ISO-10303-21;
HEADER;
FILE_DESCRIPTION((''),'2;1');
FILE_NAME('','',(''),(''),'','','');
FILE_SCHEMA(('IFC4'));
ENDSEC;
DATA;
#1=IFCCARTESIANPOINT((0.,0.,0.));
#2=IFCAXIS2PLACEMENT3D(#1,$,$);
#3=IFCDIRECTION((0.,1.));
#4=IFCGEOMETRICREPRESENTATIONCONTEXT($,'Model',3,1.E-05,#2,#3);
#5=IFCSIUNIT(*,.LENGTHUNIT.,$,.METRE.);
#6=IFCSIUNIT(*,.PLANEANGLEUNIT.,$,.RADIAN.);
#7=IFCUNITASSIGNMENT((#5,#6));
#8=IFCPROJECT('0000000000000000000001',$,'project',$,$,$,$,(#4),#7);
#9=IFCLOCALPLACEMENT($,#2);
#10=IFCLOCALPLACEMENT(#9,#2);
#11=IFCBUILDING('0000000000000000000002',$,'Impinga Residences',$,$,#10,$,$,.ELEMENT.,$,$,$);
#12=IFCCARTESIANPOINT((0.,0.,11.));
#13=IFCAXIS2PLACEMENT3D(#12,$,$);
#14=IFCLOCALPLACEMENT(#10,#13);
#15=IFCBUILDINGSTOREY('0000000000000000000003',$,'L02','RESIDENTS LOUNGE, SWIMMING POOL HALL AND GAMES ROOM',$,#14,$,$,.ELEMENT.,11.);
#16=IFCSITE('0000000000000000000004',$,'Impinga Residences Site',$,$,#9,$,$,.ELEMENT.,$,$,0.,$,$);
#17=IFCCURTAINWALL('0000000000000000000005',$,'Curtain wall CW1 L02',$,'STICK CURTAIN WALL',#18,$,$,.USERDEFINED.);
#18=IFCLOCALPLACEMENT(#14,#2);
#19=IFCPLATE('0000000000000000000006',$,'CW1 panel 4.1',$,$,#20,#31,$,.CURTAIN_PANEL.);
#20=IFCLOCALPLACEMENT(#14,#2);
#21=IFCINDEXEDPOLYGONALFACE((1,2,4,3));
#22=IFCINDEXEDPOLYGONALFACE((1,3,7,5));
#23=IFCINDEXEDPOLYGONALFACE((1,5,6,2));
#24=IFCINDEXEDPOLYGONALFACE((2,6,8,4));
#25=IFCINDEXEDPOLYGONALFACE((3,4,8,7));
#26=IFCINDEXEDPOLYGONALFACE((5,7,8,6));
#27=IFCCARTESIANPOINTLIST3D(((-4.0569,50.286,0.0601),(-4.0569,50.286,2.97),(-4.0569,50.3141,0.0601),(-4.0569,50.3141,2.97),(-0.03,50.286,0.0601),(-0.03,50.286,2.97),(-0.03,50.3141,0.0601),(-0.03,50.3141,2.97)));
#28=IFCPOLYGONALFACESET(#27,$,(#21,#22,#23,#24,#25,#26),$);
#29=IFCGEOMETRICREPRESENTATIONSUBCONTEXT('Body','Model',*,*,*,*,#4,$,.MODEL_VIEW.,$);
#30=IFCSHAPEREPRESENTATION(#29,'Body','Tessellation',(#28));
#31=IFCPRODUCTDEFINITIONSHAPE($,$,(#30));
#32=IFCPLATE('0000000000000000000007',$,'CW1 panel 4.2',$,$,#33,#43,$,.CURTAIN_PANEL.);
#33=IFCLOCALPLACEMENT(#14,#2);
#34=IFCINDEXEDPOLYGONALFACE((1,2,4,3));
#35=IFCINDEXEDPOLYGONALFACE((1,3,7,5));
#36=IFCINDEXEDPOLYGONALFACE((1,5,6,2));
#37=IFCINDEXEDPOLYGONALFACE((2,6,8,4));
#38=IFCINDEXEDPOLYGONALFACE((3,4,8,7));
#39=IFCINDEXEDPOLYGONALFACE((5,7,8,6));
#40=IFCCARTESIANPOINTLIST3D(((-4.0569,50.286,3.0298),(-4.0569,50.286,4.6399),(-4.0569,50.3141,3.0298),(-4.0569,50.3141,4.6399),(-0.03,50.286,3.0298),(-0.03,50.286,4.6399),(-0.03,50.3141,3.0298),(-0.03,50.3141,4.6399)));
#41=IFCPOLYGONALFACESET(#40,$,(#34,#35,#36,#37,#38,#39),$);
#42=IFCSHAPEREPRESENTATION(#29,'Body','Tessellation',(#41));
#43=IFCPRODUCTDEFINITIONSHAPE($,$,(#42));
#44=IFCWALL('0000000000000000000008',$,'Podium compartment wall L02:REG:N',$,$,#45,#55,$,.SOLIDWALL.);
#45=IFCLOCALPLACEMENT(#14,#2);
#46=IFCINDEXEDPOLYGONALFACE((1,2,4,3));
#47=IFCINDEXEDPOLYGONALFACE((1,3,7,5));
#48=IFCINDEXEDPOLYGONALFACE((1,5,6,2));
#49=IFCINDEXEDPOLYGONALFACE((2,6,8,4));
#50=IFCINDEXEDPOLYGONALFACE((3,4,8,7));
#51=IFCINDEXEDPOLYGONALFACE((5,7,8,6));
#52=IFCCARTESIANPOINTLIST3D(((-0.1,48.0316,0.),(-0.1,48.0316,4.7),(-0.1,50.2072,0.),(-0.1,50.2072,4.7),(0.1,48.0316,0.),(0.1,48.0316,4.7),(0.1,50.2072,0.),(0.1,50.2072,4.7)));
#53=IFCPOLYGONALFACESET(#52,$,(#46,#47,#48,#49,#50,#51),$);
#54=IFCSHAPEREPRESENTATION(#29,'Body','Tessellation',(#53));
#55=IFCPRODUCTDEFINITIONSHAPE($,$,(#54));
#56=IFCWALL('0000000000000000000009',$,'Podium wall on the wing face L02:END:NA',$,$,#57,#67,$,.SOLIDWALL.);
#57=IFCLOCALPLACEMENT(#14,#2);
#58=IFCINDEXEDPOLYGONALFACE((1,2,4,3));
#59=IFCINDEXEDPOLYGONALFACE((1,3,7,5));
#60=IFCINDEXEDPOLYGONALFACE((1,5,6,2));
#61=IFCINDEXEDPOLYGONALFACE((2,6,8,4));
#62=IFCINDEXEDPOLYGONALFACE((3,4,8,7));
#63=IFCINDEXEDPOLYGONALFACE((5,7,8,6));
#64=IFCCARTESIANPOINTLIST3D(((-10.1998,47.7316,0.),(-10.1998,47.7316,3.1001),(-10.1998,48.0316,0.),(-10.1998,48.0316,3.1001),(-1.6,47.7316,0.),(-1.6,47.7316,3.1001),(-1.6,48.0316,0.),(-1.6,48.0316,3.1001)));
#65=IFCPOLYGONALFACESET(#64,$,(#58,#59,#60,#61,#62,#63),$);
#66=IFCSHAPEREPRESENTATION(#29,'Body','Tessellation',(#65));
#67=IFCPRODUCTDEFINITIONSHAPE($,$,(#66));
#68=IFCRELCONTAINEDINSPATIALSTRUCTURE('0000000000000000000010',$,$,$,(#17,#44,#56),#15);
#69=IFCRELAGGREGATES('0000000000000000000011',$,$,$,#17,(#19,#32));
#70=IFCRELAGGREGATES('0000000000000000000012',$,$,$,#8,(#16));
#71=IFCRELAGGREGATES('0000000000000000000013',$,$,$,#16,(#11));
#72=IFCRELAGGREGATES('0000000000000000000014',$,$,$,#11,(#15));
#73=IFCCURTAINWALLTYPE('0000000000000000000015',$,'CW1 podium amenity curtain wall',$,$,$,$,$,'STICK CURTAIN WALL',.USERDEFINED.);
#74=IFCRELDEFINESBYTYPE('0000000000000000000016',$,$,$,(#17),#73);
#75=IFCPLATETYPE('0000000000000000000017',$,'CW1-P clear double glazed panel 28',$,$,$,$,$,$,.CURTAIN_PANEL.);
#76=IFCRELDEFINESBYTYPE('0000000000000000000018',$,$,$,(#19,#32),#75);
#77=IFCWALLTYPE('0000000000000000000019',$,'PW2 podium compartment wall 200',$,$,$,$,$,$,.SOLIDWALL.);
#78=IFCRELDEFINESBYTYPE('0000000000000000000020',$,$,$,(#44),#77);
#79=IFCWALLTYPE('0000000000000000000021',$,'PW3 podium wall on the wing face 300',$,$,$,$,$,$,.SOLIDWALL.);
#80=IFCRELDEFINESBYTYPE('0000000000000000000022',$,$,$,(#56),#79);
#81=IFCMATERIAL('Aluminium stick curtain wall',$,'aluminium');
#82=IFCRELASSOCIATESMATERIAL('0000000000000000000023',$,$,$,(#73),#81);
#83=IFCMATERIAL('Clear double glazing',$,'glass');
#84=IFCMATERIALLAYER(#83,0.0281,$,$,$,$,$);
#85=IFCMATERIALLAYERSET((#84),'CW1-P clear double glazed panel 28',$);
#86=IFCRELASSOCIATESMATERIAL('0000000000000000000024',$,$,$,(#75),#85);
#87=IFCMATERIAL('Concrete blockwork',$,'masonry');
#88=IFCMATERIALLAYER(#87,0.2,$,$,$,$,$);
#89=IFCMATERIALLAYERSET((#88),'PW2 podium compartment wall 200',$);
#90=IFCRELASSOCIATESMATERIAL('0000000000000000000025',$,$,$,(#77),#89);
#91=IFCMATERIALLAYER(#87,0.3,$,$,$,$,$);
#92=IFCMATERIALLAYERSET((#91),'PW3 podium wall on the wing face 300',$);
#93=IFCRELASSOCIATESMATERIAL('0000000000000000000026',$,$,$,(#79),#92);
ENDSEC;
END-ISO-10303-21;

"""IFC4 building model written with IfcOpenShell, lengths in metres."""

from ifc_helpers import new_model, si_unit, direction, frame, frame_2d, origin, origin_2d, place, context, subcontext, project, spatial, rectangle, extrude, material, layer, layer_set, type_object, element, aggregate, save


model = new_model("IFC4")

# Units and contexts
model_context = context("Model", 3, precision=1e-05, world=origin(), true_north=direction((0.0, 1.0)))
body_context = subcontext(model_context, "Body", "Model", "MODEL_VIEW")
ifc_project = project(units=[si_unit("LENGTHUNIT", "METRE"), si_unit("PLANEANGLEUNIT", "RADIAN")], contexts=[model_context])

# Site, building, storey
site_placement = place(None, origin())
site = spatial("IfcSite", under=ifc_project, at=site_placement, Name="Impinga Residences Site", CompositionType="ELEMENT", RefElevation=0.0)
building_placement = place(site_placement, origin())
building = spatial("IfcBuilding", under=site, at=building_placement, Name="Impinga Residences", CompositionType="ELEMENT")
storey_placement = place(building_placement, frame((0.0, 0.0, 11.0)))
storey = spatial("IfcBuildingStorey", under=building, at=storey_placement, Name="L02", Description="RESIDENTS LOUNGE, SWIMMING POOL HALL AND GAMES ROOM", CompositionType="ELEMENT", Elevation=11.0)

# Shared definitions
ifc_material_1 = material(Name="Aluminium stick curtain wall", Category="aluminium")
curtain_wall_type = type_object("IfcCurtainWallType", Name="CW1 podium amenity curtain wall", ElementType="STICK CURTAIN WALL", PredefinedType="USERDEFINED", material=ifc_material_1)

# Curtain wall
curtain_wall_1_placement = place(storey_placement, origin())
curtain_wall_1 = element("IfcCurtainWall", 1, at=curtain_wall_1_placement, inside=storey, type_object=curtain_wall_type, Name="Curtain wall CW1 L02", ObjectType="STICK CURTAIN WALL", PredefinedType="USERDEFINED")

# Plates
ifc_material_2 = material(Name="Clear double glazing", Category="glass")
ifc_layer_1 = layer(ifc_material_2, 0.0281)
ifc_layer_set_1 = layer_set([ifc_layer_1], Name="CW1-P clear double glazed panel 28")
plate_type = type_object("IfcPlateType", Name="CW1-P clear double glazed panel 28", PredefinedType="CURTAIN_PANEL", material=ifc_layer_set_1)
plate_1_placement = place(storey_placement, frame((-2.0435, 50.3, 0.0601), z_axis=(0.0, 0.0, 1.0), x_axis=(1.0, 0.0, 0.0)))
plate_1 = element("IfcPlate", 2, at=plate_1_placement, type_object=plate_type, Name="CW1 panel 4.1", PredefinedType="CURTAIN_PANEL", context=body_context, shape_type="SweptSolid", body=[
    extrude(rectangle(XDim=4.0269, YDim=0.0281, at=origin_2d()), origin(), (0.0, 0.0, 1.0), 2.9099),
])
plate_2_placement = place(storey_placement, frame((-2.0435, 50.3, 3.0298), z_axis=(0.0, 0.0, 1.0), x_axis=(1.0, 0.0, 0.0)))
plate_2 = element("IfcPlate", 3, at=plate_2_placement, type_object=plate_type, Name="CW1 panel 4.2", PredefinedType="CURTAIN_PANEL", context=body_context, shape_type="SweptSolid", body=[
    extrude(rectangle(XDim=4.0269, YDim=0.0281, at=origin_2d()), origin(), (0.0, 0.0, 1.0), 1.6101),
])
aggregate(curtain_wall_1, [plate_1, plate_2])

# Walls
ifc_material_3 = material(Name="Concrete blockwork", Category="masonry")
ifc_layer_2 = layer(ifc_material_3, 0.2)
ifc_layer_set_2 = layer_set([ifc_layer_2], Name="PW2 podium compartment wall 200")
wall_type_1 = type_object("IfcWallType", Name="PW2 podium compartment wall 200", PredefinedType="SOLIDWALL", material=ifc_layer_set_2)
wall_1_placement = place(storey_placement, frame((0.0, 48.0315, 0.0), z_axis=(0.0, 0.0, 1.0), x_axis=(0.0, 1.0, 0.0)))
element("IfcWall", 4, at=wall_1_placement, inside=storey, type_object=wall_type_1, Name="Podium compartment wall L02:REG:N", PredefinedType="SOLIDWALL", context=body_context, shape_type="SweptSolid", body=[
    extrude(rectangle(XDim=2.1755, YDim=0.2, at=frame_2d((1.0879, 0.0))), origin(), (0.0, 0.0, 1.0), 4.7),
])
ifc_layer_3 = layer(ifc_material_3, 0.3)
ifc_layer_set_3 = layer_set([ifc_layer_3], Name="PW3 podium wall on the wing face 300")
wall_type_2 = type_object("IfcWallType", Name="PW3 podium wall on the wing face 300", PredefinedType="SOLIDWALL", material=ifc_layer_set_3)
wall_2_placement = place(storey_placement, frame((-1.6001, 47.8816, 0.0), z_axis=(0.0, 0.0, 1.0), x_axis=(-1.0, 0.0, 0.0)))
element("IfcWall", 5, at=wall_2_placement, inside=storey, type_object=wall_type_2, Name="Podium wall on the wing face L02:END:NA", PredefinedType="SOLIDWALL", context=body_context, shape_type="SweptSolid", body=[
    extrude(rectangle(XDim=8.5999, YDim=0.3, at=frame_2d((4.2998, 0.0))), origin(), (0.0, 0.0, 1.0), 3.1001),
])

save(model, "model.ifc")
